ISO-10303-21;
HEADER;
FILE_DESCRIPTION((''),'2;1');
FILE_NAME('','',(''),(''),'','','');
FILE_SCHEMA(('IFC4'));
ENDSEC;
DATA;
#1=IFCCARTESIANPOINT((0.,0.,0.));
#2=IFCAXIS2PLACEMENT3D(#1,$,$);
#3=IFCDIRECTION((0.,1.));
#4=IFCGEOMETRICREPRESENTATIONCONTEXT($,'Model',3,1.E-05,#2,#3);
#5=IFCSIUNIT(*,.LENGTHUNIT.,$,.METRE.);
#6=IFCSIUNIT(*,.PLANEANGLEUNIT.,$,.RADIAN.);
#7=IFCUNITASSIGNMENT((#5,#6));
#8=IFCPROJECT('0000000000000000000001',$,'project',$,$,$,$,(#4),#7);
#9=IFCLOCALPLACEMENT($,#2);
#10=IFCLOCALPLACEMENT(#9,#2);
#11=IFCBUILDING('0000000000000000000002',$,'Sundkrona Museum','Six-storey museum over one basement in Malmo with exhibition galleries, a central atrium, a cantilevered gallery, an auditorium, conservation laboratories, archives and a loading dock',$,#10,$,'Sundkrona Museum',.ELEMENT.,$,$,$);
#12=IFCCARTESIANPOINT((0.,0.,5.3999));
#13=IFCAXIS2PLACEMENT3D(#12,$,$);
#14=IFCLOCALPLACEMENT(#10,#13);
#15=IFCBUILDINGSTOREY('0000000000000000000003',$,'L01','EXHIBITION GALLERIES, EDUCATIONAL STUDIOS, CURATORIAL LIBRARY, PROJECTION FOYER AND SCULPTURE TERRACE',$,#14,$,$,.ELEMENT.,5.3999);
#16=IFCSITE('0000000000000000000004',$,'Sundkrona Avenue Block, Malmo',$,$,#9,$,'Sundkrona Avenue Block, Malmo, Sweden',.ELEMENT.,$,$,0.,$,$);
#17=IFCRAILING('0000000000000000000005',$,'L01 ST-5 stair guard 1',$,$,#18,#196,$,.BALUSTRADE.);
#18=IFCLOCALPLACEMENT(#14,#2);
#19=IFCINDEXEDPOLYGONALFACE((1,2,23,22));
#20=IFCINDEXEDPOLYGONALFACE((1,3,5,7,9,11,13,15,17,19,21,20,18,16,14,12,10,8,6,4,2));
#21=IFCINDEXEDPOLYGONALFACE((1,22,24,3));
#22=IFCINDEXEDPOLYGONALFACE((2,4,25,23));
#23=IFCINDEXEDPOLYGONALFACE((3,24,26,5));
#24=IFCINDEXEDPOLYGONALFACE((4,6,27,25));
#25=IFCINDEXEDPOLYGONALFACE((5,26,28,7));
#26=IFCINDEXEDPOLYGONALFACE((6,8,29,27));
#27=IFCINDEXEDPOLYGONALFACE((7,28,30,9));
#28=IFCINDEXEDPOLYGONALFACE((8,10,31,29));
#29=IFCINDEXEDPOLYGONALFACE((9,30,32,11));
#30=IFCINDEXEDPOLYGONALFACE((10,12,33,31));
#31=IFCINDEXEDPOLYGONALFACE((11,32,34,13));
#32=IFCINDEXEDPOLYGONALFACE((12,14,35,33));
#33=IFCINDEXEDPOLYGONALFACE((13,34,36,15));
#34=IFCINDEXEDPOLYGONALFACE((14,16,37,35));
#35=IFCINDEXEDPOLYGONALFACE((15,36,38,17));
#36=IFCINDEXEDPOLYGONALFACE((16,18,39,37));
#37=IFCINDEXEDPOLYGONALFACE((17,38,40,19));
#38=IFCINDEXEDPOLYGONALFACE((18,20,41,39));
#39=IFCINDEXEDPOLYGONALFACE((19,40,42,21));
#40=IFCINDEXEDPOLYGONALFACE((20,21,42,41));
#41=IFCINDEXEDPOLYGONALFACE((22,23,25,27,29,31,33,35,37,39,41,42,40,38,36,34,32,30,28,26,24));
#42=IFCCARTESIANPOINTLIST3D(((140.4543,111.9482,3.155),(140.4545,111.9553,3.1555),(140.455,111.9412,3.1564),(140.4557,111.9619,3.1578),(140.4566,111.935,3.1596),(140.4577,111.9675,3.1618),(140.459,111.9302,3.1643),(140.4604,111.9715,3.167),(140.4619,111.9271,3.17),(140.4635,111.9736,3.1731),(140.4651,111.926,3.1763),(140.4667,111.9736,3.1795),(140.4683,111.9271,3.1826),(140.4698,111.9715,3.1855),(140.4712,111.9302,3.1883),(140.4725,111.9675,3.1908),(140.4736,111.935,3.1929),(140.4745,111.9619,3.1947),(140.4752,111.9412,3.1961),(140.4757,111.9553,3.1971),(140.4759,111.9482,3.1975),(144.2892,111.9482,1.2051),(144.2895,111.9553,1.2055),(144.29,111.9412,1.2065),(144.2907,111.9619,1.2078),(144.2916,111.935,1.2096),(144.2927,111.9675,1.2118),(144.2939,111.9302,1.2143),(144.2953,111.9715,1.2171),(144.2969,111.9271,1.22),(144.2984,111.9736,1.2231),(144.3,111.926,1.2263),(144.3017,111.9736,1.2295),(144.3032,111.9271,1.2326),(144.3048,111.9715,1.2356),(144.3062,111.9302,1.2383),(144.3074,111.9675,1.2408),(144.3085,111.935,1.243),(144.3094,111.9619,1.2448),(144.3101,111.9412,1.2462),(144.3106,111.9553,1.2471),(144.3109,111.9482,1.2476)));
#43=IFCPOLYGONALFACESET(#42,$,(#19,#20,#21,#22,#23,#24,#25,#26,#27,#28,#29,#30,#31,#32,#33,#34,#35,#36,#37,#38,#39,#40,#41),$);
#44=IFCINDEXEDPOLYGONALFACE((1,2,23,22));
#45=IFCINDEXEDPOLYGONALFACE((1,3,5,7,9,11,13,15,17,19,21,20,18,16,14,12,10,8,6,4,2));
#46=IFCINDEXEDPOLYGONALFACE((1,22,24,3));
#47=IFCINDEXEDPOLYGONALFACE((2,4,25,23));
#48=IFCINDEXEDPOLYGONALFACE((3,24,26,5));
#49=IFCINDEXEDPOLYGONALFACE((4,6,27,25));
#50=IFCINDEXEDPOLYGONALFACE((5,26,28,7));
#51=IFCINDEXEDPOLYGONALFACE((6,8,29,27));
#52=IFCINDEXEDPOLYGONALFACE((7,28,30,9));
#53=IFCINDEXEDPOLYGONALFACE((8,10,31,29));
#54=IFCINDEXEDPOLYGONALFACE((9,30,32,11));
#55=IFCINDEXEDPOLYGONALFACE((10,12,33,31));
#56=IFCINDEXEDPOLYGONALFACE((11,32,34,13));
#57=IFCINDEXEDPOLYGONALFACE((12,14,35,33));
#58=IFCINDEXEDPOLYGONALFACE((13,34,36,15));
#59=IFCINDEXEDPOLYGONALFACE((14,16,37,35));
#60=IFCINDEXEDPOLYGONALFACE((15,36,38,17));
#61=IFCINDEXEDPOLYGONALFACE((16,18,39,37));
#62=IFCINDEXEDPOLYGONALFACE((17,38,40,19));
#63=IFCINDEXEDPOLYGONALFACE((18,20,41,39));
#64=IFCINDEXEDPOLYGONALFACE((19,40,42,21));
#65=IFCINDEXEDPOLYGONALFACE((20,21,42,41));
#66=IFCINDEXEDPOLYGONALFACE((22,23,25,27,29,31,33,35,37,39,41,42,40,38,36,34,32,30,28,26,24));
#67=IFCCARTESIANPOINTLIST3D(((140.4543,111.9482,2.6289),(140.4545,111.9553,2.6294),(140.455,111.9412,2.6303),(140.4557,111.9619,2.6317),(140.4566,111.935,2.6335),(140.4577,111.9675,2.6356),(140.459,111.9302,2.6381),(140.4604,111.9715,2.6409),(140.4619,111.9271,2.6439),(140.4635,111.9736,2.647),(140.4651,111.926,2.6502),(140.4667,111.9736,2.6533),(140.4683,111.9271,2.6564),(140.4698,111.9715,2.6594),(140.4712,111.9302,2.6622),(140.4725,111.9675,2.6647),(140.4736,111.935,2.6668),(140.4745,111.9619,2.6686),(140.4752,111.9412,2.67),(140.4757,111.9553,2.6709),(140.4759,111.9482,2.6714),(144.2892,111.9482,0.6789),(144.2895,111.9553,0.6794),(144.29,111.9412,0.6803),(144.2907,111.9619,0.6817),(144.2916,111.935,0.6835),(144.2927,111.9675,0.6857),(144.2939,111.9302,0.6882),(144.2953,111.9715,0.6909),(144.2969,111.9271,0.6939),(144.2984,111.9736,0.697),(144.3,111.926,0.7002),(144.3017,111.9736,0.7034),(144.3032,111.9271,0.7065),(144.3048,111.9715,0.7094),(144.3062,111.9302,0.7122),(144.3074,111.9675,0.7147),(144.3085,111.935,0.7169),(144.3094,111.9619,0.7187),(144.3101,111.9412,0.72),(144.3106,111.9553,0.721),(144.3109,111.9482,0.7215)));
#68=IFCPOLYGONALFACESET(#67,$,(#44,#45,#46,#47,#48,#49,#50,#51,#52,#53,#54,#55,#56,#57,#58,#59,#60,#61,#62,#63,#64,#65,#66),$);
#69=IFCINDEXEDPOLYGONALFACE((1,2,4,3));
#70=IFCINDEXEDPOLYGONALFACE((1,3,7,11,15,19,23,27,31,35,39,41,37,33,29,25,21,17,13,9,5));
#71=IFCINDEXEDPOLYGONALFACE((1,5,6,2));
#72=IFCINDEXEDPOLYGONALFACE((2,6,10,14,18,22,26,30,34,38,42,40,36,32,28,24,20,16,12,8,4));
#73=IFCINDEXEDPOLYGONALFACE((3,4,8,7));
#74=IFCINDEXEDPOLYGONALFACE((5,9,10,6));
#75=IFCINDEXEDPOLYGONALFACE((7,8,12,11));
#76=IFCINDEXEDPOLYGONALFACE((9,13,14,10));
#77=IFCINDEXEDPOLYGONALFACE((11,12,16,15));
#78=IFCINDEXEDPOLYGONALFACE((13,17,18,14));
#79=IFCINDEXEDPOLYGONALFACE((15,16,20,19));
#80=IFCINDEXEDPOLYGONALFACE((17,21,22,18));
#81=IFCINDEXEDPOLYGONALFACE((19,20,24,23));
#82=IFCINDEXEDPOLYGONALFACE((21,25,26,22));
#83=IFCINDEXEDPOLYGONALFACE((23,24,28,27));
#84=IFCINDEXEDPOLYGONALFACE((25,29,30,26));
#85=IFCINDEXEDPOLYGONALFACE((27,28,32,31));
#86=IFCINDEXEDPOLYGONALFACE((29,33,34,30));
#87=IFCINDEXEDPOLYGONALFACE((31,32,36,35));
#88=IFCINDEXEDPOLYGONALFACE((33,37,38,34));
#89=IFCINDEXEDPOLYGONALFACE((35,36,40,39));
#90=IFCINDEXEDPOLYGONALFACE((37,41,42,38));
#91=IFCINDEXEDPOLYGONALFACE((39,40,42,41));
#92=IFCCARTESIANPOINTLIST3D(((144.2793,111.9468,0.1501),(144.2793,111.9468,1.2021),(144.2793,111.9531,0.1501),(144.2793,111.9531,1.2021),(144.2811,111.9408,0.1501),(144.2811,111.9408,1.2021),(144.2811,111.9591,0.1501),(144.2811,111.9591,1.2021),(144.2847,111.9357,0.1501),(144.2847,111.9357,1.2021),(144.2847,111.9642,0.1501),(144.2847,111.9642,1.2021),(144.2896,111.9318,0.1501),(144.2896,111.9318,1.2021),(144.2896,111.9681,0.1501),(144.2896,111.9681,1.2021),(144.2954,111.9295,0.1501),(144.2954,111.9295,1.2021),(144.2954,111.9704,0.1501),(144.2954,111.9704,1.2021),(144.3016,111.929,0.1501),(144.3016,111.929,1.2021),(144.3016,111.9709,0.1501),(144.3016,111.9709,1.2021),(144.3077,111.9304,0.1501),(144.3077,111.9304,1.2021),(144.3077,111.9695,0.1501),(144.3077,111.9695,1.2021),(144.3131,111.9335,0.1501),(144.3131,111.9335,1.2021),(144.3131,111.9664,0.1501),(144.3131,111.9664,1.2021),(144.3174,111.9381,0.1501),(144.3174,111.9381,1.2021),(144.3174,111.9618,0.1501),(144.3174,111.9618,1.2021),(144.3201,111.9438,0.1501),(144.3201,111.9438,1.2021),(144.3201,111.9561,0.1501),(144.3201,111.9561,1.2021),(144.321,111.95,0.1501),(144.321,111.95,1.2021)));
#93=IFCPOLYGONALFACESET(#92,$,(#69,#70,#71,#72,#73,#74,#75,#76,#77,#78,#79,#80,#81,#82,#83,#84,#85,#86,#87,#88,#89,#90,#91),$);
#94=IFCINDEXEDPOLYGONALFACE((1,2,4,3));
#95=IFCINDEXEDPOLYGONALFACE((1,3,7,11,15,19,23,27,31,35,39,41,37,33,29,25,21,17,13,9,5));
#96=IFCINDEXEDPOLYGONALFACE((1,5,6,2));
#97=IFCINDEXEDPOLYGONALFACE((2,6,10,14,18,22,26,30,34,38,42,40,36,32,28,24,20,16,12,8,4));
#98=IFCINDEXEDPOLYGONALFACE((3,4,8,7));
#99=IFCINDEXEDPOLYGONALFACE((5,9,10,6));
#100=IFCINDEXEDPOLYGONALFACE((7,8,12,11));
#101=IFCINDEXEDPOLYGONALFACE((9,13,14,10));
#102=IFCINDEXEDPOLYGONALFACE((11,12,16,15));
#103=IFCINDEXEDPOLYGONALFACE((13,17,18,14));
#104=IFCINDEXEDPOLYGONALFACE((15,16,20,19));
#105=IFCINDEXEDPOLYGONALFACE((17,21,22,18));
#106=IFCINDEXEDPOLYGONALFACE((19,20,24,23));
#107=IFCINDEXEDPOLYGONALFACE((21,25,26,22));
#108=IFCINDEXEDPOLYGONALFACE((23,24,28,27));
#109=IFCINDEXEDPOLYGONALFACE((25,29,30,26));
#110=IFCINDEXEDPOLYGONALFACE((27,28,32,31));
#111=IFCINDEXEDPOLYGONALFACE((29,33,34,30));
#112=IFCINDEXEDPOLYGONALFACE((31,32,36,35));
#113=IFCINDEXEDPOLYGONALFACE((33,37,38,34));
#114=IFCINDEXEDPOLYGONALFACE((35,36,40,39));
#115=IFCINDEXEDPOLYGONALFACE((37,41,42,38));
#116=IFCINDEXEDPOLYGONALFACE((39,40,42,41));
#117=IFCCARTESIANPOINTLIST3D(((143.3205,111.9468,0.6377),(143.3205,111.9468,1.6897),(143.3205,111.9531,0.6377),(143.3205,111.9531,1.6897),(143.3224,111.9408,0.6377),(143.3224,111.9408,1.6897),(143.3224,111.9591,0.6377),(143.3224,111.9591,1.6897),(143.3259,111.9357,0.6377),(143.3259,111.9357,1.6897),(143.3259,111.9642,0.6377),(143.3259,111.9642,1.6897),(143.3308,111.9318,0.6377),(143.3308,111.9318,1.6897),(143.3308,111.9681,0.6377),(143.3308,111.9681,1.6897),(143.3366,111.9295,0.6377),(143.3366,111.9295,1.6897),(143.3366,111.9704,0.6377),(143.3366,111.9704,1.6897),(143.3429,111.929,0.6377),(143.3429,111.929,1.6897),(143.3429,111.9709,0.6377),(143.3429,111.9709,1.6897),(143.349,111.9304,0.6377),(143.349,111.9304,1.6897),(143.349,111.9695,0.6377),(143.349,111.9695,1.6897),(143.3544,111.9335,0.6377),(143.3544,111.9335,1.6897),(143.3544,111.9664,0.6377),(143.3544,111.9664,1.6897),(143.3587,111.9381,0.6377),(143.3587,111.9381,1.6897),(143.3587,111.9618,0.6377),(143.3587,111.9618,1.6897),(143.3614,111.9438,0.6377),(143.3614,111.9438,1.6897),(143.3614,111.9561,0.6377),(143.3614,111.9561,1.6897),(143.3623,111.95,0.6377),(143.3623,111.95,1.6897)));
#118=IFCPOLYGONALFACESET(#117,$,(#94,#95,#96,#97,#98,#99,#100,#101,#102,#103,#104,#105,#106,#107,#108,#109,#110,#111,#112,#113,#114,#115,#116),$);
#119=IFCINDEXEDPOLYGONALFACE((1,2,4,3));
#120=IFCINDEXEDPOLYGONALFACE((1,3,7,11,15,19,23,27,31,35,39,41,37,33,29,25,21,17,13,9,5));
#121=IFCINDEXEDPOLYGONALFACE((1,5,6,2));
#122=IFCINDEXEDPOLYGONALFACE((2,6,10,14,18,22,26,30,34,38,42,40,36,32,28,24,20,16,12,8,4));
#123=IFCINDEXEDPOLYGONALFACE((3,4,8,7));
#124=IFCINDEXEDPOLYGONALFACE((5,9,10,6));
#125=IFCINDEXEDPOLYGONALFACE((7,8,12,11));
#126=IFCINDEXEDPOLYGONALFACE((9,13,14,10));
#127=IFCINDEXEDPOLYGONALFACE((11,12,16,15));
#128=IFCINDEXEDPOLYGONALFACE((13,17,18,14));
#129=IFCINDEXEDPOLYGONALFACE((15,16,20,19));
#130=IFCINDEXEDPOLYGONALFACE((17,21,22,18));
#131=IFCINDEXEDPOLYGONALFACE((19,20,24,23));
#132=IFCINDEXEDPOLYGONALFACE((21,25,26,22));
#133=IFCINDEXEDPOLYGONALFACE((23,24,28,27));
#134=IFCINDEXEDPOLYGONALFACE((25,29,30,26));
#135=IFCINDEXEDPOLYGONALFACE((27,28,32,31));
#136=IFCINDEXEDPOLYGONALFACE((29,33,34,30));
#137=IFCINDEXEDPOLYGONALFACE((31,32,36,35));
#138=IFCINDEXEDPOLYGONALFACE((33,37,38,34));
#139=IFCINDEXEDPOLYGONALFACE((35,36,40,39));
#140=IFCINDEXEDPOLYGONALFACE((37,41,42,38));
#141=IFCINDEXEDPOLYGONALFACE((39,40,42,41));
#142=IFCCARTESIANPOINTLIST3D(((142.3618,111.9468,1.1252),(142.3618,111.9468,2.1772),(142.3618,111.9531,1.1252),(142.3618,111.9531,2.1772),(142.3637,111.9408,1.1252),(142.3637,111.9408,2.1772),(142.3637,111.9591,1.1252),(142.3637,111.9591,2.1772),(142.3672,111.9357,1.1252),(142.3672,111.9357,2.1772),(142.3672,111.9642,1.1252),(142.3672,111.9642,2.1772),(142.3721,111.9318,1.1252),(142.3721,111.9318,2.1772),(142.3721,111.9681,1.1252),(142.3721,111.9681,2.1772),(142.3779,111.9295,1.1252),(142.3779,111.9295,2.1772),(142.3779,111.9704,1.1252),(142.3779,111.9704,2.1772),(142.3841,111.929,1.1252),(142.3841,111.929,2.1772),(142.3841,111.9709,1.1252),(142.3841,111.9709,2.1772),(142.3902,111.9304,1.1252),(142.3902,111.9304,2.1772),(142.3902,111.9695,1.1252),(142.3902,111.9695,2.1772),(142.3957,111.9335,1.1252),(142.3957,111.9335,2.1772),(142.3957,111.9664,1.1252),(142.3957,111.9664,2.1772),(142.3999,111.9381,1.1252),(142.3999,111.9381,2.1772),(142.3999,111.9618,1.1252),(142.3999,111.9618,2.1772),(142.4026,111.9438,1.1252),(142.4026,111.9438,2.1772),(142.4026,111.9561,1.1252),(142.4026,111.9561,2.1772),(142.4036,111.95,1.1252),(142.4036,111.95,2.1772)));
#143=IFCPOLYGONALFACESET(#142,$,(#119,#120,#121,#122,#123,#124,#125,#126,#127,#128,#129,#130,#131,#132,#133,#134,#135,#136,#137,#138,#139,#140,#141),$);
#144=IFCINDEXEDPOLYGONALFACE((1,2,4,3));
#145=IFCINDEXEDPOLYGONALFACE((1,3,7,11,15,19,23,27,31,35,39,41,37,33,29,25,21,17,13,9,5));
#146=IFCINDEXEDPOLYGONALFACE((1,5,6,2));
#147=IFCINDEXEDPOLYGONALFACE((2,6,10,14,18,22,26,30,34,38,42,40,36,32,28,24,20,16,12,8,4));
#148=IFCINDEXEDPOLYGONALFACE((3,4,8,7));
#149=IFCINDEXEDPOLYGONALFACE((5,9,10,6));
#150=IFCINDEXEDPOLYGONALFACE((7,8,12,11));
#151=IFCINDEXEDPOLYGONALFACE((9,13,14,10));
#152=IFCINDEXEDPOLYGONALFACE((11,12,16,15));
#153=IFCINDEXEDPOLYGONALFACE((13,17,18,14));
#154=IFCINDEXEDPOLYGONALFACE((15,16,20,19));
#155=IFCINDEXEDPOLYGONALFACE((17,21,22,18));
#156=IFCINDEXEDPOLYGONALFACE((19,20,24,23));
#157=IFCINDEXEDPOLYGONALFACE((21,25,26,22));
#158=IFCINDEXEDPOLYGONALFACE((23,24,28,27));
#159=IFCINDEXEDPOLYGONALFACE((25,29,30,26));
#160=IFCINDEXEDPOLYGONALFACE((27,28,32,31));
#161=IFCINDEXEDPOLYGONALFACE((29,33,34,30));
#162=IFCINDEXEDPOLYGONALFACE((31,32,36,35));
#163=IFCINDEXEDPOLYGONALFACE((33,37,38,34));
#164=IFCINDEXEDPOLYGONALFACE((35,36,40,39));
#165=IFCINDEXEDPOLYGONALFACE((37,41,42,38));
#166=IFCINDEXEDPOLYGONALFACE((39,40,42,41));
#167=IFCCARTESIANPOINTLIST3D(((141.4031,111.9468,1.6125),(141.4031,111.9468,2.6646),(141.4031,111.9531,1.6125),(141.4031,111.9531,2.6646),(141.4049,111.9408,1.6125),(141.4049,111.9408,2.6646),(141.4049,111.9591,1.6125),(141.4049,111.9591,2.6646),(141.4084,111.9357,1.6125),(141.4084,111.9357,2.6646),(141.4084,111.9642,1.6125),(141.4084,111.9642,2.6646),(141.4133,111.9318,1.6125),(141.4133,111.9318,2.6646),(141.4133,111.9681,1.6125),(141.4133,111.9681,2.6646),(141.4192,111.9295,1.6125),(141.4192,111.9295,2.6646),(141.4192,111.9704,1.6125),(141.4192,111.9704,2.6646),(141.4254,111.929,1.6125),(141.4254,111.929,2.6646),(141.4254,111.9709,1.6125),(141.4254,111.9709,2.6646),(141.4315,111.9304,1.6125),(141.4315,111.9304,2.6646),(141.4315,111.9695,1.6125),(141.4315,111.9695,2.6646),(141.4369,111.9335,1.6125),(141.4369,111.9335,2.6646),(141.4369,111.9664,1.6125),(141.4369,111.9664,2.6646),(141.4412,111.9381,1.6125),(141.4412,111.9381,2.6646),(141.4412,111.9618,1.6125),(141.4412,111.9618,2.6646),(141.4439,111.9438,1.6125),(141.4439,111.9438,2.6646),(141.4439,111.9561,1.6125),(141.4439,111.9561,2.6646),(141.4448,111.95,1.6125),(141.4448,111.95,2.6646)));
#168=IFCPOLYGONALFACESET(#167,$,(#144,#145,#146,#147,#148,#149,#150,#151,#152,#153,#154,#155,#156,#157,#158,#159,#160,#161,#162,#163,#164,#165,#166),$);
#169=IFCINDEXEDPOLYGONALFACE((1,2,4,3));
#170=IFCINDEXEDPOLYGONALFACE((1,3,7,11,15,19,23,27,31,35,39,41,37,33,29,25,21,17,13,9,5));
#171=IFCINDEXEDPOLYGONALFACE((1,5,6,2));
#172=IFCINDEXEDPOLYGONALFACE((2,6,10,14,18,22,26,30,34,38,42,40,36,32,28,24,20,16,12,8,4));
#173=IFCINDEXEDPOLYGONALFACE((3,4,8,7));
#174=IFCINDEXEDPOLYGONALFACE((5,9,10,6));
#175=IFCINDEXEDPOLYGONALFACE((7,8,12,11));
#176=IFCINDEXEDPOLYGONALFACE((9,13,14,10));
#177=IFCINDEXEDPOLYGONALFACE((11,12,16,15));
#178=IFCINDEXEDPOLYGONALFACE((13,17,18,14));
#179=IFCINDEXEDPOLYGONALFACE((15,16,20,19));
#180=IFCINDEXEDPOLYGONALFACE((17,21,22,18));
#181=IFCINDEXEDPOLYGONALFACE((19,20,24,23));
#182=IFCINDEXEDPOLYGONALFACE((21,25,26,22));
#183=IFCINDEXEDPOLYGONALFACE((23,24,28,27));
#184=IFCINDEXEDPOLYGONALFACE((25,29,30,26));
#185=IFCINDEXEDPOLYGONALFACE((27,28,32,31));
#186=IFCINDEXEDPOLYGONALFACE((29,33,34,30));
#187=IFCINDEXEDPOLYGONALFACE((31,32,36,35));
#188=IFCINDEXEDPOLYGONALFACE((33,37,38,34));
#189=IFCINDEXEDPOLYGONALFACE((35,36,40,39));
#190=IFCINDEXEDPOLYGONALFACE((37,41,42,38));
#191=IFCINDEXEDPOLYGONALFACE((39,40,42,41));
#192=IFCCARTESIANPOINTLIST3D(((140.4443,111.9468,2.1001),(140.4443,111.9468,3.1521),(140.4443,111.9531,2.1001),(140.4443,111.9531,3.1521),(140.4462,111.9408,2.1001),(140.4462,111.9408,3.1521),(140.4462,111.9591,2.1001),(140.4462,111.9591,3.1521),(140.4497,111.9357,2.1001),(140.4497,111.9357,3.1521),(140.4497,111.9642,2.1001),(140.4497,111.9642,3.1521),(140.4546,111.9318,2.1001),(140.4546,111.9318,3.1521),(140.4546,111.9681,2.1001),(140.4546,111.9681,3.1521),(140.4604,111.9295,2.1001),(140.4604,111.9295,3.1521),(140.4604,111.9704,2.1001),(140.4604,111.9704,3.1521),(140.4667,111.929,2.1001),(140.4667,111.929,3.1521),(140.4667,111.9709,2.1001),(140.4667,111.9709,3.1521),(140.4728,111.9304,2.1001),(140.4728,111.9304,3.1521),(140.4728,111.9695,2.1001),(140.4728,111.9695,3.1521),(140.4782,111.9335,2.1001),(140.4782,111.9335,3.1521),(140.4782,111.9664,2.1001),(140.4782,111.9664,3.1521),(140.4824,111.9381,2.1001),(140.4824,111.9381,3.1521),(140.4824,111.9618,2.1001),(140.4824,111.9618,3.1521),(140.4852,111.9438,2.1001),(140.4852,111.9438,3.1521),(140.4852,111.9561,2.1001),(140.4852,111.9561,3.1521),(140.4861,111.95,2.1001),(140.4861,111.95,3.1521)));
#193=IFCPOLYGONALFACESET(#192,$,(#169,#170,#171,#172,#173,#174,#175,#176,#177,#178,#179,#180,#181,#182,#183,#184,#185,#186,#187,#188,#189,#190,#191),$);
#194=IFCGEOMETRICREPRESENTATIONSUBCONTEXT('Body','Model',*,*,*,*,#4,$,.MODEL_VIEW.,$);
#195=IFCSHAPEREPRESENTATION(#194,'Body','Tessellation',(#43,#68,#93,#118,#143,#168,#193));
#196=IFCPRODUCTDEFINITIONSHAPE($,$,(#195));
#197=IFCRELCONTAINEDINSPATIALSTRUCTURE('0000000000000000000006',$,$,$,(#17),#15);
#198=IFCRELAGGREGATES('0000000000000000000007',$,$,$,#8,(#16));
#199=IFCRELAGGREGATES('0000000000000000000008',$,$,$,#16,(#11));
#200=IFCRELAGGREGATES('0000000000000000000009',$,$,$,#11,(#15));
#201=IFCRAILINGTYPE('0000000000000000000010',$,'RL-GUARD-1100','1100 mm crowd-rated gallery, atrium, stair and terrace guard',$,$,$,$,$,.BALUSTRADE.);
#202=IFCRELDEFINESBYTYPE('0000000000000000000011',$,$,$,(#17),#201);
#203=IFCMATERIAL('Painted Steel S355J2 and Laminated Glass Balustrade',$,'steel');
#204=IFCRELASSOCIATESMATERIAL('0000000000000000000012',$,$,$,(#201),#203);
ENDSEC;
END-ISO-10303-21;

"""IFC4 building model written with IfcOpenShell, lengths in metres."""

from ifc_helpers import new_model, si_unit, direction, frame, origin, origin_2d, place, context, subcontext, project, spatial, circle, extrude, material, type_object, element, save


model = new_model("IFC4")

# Units and contexts
model_context = context("Model", 3, precision=1e-05, world=origin(), true_north=direction((0.0, 1.0)))
body_context = subcontext(model_context, "Body", "Model", "MODEL_VIEW")
ifc_project = project(units=[si_unit("LENGTHUNIT", "METRE"), si_unit("PLANEANGLEUNIT", "RADIAN")], contexts=[model_context])

# Site, building, storey
site_placement = place(None, origin())
site = spatial("IfcSite", under=ifc_project, at=site_placement, Name="Sundkrona Avenue Block, Malmo", LongName="Sundkrona Avenue Block, Malmo, Sweden", CompositionType="ELEMENT", RefElevation=0.0)
building_placement = place(site_placement, origin())
building = spatial("IfcBuilding", under=site, at=building_placement, Name="Sundkrona Museum", Description="Six-storey museum over one basement in Malmo with exhibition galleries, a central atrium, a cantilevered gallery, an auditorium, conservation laboratories, archives and a loading dock", LongName="Sundkrona Museum", CompositionType="ELEMENT")
storey_placement = place(building_placement, frame((0.0, 0.0, 5.3999)))
storey = spatial("IfcBuildingStorey", under=building, at=storey_placement, Name="L01", Description="EXHIBITION GALLERIES, EDUCATIONAL STUDIOS, CURATORIAL LIBRARY, PROJECTION FOYER AND SCULPTURE TERRACE", CompositionType="ELEMENT", Elevation=5.3999)

# Railing
ifc_material_1 = material(Name="Painted Steel S355J2 and Laminated Glass Balustrade", Category="steel")
railing_type_1 = type_object("IfcRailingType", Name="RL-GUARD-1100", Description="1100 mm crowd-rated gallery, atrium, stair and terrace guard", PredefinedType="BALUSTRADE", material=ifc_material_1)
railing_1_placement = place(storey_placement, frame((144.3, 111.95, 0.1501)))
element("IfcRailing", 1, at=railing_1_placement, inside=storey, type_object=railing_type_1, Name="L01 ST-5 stair guard 1", PredefinedType="BALUSTRADE", context=body_context, shape_type="SweptSolid", body=[
    extrude(circle(Radius=0.0239, at=origin_2d()), frame((0.0, 0.0, 1.0762), z_axis=(-0.891388, 0.0, 0.453241), x_axis=(0.0, -1.0, 0.0)), (0.0, 0.0, 1.0), 4.3022),
    extrude(circle(Radius=0.0239, at=origin_2d()), frame((0.0, 0.0, 0.55), z_axis=(-0.891388, 0.0, 0.453241), x_axis=(0.0, -1.0, 0.0)), (0.0, 0.0, 1.0), 4.3022),
    extrude(circle(Radius=0.021, at=origin_2d()), origin(), (0.0, 0.0, 1.0), 1.052),
    extrude(circle(Radius=0.021, at=origin_2d()), frame((-0.9587, 0.0, 0.4875)), (0.0, 0.0, 1.0), 1.052),
    extrude(circle(Radius=0.021, at=origin_2d()), frame((-1.9175, 0.0, 0.9751)), (0.0, 0.0, 1.0), 1.052),
    extrude(circle(Radius=0.021, at=origin_2d()), frame((-2.8762, 0.0, 1.4624)), (0.0, 0.0, 1.0), 1.052),
    extrude(circle(Radius=0.021, at=origin_2d()), frame((-3.835, 0.0, 1.95)), (0.0, 0.0, 1.0), 1.052),
])

save(model, "model.ifc")
